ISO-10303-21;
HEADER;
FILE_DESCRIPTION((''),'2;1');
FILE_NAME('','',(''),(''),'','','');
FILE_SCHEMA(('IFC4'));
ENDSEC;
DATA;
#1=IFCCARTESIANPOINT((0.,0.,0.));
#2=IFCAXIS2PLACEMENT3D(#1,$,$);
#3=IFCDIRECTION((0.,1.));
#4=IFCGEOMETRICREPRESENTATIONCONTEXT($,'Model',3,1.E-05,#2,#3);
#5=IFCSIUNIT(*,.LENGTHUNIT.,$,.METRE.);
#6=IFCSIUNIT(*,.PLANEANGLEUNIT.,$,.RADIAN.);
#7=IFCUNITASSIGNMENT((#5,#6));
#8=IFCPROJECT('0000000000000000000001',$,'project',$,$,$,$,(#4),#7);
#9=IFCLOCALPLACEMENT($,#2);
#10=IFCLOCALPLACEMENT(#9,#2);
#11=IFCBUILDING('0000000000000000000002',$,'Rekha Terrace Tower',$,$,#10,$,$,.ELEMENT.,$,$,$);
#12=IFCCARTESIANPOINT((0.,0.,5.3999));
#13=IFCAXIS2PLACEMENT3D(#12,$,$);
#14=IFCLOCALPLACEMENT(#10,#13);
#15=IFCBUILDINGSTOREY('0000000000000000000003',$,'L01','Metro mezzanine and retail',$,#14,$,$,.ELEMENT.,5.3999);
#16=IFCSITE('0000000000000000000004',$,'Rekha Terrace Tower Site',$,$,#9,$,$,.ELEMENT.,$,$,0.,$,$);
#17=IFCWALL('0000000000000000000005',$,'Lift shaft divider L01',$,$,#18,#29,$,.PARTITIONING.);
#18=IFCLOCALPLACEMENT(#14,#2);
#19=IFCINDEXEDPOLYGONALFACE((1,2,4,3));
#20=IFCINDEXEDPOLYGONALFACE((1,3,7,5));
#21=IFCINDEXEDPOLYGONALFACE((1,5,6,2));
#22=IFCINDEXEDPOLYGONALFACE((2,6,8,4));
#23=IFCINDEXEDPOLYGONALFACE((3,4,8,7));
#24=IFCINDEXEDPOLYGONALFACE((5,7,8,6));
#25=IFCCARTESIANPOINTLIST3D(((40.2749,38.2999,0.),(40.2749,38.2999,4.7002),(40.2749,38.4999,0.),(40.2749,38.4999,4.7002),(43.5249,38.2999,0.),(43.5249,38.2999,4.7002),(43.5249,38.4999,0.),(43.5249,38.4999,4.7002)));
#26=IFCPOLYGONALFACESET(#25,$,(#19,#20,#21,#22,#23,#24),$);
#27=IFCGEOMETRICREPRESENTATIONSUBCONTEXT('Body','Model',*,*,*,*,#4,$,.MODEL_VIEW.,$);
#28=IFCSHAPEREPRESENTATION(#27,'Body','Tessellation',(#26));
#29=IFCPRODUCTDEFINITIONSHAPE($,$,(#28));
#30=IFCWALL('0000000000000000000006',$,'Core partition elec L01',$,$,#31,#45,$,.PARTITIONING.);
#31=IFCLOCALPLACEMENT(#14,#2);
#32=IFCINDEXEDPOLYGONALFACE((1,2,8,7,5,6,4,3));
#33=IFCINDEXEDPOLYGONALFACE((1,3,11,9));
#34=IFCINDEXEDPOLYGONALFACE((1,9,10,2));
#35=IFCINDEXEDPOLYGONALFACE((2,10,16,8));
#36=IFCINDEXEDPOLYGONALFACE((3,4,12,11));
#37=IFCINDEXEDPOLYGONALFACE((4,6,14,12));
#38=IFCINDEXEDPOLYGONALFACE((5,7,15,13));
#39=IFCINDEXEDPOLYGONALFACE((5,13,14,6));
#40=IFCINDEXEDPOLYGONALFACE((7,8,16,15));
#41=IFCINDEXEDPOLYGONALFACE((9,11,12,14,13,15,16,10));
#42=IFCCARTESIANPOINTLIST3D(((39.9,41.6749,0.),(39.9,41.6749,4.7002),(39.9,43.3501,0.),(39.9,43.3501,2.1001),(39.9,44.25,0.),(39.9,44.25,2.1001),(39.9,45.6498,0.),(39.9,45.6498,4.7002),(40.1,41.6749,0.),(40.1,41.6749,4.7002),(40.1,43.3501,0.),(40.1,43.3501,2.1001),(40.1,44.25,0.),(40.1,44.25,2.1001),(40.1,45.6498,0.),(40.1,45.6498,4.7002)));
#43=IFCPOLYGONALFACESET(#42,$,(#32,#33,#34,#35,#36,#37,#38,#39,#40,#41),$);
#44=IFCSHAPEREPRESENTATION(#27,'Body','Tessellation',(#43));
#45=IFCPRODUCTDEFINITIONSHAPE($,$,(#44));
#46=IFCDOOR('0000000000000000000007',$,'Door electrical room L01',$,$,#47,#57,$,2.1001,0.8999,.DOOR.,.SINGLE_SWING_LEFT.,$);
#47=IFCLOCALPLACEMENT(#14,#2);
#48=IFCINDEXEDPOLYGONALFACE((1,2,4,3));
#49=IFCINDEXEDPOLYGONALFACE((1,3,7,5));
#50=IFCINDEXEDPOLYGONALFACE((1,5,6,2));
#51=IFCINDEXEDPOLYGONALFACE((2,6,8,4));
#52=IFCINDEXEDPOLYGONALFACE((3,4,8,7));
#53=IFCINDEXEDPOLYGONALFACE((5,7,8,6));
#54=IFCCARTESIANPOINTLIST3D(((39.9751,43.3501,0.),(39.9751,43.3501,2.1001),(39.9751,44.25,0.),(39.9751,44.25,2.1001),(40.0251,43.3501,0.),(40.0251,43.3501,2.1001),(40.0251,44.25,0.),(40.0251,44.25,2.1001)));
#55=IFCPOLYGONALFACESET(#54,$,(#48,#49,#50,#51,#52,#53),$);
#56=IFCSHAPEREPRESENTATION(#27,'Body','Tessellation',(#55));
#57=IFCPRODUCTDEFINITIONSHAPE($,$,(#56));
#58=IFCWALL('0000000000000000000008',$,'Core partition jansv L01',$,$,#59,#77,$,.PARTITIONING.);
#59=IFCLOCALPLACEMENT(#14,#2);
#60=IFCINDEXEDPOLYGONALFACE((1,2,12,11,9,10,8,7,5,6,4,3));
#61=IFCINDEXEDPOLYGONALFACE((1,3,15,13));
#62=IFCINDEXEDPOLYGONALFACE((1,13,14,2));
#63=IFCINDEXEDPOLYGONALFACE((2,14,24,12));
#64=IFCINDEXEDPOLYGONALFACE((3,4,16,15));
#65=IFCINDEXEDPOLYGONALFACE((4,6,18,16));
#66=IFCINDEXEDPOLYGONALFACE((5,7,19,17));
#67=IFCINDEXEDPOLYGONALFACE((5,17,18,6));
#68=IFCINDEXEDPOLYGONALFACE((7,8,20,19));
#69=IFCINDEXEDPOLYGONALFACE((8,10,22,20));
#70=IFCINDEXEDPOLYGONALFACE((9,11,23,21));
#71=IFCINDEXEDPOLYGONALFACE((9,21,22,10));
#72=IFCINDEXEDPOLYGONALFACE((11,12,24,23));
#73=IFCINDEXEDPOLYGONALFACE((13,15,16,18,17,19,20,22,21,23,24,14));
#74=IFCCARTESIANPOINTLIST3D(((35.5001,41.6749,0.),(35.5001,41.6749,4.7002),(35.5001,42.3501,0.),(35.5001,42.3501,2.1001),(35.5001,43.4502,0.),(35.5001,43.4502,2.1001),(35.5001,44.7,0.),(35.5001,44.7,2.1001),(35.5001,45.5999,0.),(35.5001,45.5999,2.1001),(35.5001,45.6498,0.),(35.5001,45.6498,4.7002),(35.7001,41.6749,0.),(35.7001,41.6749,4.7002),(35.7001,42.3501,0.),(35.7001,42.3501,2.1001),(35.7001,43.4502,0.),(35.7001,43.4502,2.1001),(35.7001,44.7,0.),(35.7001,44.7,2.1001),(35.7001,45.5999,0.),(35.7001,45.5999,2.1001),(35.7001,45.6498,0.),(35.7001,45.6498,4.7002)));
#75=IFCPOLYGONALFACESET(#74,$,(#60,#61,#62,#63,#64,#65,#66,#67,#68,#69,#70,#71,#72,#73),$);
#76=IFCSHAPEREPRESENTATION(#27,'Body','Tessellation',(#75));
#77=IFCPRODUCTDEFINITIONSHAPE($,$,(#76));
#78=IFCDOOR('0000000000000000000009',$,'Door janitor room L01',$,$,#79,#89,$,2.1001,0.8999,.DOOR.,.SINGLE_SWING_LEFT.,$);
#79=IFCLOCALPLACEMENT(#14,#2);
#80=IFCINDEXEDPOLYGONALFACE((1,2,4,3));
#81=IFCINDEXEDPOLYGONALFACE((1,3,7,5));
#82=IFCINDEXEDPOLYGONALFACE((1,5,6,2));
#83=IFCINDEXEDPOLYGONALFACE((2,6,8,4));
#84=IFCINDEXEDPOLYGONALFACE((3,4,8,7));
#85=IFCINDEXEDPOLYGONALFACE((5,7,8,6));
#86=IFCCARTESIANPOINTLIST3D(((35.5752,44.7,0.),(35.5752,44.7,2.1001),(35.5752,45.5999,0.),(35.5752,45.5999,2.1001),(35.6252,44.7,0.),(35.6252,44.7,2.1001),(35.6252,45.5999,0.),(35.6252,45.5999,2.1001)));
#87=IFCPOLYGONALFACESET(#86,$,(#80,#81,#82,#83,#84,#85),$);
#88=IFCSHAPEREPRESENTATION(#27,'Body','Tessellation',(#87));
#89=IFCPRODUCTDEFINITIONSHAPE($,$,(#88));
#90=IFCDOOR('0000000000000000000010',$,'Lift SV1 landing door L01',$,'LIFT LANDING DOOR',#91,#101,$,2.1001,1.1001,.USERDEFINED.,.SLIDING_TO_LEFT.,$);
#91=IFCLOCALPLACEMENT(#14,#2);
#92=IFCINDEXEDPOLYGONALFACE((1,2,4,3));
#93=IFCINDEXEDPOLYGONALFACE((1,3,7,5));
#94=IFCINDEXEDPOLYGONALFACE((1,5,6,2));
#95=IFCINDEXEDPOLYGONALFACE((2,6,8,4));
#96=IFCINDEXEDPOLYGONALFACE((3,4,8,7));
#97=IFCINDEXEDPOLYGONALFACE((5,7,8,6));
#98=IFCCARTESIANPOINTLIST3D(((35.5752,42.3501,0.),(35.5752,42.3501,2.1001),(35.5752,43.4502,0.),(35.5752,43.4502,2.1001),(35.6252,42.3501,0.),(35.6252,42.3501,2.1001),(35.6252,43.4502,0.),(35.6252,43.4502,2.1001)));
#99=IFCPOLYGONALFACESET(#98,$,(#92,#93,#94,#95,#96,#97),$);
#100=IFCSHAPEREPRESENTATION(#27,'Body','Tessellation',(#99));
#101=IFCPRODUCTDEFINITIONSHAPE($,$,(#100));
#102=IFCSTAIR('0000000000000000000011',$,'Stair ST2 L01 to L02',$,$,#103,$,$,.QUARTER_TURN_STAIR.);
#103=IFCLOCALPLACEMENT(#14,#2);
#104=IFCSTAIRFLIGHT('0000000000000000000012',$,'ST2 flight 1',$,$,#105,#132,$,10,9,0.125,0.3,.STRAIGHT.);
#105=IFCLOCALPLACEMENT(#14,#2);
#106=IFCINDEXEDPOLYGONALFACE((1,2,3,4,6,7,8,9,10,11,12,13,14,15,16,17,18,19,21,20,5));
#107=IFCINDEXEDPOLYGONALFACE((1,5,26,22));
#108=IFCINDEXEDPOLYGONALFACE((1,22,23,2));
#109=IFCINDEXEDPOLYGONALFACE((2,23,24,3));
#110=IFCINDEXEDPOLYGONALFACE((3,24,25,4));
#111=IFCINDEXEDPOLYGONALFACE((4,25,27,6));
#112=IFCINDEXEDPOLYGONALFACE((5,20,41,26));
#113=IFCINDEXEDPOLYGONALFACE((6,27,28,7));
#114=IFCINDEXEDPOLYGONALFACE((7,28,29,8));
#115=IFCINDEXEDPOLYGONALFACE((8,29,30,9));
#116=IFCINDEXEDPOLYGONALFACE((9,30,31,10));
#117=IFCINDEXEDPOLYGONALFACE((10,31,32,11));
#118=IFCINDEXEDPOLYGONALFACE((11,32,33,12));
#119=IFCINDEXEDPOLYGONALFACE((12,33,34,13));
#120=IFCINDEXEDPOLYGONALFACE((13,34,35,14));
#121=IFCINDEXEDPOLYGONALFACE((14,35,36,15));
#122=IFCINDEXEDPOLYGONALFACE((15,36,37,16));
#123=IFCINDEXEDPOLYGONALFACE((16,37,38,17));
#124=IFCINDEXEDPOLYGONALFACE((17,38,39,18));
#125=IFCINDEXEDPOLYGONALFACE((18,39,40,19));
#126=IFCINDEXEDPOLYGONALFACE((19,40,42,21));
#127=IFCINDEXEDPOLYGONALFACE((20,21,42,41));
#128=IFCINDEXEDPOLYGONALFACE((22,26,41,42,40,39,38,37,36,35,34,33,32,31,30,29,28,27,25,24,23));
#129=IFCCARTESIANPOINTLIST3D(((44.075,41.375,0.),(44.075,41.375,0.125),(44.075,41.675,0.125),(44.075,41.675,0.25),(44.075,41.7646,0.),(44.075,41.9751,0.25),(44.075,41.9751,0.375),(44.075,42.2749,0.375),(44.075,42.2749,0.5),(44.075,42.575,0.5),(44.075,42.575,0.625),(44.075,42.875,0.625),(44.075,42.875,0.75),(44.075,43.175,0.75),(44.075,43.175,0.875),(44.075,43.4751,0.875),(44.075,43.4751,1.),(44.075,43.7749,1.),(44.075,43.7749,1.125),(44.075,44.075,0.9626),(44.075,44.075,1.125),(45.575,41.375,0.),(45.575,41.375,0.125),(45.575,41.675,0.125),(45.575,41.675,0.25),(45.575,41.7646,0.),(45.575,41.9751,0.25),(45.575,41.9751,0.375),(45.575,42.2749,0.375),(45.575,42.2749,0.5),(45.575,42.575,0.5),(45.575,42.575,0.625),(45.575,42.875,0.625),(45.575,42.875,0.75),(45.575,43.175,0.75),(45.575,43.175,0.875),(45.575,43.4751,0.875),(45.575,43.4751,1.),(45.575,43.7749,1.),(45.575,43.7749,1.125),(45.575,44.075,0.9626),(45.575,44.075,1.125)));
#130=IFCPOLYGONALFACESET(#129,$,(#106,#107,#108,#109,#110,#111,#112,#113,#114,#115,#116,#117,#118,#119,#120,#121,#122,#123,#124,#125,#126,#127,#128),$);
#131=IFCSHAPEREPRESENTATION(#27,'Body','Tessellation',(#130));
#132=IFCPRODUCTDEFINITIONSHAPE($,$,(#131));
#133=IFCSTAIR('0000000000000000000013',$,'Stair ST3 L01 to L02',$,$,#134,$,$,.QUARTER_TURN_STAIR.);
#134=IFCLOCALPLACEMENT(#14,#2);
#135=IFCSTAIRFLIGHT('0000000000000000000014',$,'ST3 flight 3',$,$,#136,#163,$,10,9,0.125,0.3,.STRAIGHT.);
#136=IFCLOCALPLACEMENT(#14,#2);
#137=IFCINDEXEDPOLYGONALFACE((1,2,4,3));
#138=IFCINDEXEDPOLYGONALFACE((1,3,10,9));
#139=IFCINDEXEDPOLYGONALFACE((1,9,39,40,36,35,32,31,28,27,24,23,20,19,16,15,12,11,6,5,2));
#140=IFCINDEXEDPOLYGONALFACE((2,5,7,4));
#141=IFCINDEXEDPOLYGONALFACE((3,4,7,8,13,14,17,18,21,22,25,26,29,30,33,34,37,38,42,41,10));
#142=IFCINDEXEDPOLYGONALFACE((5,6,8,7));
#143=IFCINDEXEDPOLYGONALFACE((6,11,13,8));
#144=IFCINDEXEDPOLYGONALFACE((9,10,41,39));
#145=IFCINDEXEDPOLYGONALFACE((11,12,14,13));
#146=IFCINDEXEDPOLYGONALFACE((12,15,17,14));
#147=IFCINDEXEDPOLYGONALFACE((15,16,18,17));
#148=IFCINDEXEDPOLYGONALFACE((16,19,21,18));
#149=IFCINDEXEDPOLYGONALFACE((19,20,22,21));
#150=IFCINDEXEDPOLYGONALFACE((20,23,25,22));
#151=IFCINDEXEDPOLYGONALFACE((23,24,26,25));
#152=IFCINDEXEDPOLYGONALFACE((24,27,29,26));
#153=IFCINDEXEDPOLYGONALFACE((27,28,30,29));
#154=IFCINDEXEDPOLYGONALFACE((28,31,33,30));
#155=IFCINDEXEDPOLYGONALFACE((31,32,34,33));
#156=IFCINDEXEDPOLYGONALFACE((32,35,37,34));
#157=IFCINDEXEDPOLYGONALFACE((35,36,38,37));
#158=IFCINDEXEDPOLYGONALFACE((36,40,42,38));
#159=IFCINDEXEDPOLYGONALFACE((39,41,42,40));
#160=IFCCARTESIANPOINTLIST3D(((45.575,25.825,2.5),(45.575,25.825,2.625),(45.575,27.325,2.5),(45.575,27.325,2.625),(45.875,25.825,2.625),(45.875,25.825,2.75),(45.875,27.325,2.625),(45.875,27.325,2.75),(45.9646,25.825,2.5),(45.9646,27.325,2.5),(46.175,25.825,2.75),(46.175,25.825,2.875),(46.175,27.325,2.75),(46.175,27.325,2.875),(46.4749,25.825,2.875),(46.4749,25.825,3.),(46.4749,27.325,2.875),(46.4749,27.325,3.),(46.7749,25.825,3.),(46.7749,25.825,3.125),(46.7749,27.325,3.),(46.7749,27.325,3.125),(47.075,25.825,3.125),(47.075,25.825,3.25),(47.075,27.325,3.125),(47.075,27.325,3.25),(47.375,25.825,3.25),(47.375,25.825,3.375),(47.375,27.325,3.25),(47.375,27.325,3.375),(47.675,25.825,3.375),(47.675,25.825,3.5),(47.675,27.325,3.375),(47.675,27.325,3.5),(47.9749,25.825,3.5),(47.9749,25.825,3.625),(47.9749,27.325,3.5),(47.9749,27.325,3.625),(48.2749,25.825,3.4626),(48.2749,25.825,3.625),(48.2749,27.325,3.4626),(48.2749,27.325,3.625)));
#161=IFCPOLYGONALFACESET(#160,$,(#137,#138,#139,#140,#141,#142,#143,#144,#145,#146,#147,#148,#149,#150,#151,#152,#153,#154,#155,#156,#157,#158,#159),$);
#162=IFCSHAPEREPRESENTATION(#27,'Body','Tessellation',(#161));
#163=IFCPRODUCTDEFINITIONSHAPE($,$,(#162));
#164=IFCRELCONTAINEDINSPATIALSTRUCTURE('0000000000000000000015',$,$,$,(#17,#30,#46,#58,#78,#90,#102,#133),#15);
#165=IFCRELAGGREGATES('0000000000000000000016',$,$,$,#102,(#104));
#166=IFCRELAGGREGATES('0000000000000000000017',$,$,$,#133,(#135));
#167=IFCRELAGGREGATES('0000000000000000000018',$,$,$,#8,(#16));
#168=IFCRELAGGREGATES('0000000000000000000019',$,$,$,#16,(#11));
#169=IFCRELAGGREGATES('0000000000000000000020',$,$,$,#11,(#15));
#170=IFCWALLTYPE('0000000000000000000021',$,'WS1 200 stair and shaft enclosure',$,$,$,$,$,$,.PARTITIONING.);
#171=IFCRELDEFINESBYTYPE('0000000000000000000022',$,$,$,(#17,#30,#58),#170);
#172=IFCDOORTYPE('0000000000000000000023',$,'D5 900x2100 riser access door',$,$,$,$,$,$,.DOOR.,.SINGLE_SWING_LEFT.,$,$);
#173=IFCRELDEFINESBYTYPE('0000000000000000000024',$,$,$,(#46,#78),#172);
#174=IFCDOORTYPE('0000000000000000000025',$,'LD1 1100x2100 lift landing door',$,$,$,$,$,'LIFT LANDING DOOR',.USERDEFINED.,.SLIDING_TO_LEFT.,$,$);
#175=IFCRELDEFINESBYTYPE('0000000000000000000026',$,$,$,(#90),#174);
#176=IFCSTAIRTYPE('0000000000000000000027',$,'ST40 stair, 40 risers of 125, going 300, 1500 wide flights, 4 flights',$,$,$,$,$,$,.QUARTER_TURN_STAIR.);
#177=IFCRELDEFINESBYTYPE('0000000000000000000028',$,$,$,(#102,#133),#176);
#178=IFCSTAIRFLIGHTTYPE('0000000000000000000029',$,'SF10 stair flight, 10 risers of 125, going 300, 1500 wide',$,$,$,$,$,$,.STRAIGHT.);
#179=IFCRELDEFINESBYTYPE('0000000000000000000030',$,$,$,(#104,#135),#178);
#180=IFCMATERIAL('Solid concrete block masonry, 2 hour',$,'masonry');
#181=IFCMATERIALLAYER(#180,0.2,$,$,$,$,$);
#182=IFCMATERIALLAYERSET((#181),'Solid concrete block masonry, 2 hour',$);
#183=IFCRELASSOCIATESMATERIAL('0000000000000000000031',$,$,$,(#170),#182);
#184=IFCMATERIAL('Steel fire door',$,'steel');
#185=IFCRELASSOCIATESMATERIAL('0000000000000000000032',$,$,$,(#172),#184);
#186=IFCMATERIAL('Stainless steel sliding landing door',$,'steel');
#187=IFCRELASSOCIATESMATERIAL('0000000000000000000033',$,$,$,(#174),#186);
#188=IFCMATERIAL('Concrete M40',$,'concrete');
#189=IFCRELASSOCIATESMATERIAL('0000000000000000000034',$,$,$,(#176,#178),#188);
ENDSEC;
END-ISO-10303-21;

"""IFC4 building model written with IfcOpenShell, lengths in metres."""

from ifc_helpers import new_model, si_unit, direction, frame, frame_2d, origin, place, context, subcontext, project, spatial, polyline, rectangle, outline, extrude, material, layer, layer_set, type_object, element, fill, aggregate, save


model = new_model("IFC4")

# Units and contexts
model_context = context("Model", 3, precision=1e-05, world=origin(), true_north=direction((0.0, 1.0)))
body_context = subcontext(model_context, "Body", "Model", "MODEL_VIEW")
ifc_project = project(units=[si_unit("LENGTHUNIT", "METRE"), si_unit("PLANEANGLEUNIT", "RADIAN")], contexts=[model_context])

# Site, building, storey
site_placement = place(None, origin())
site = spatial("IfcSite", under=ifc_project, at=site_placement, Name="Rekha Terrace Tower Site", CompositionType="ELEMENT", RefElevation=0.0)
building_placement = place(site_placement, origin())
building = spatial("IfcBuilding", under=site, at=building_placement, Name="Rekha Terrace Tower", CompositionType="ELEMENT")
storey_placement = place(building_placement, frame((0.0, 0.0, 5.3999)))
storey = spatial("IfcBuildingStorey", under=building, at=storey_placement, Name="L01", Description="Metro mezzanine and retail", CompositionType="ELEMENT", Elevation=5.3999)

# Shared definitions
ifc_material_1 = material(Name="Stainless steel sliding landing door", Category="steel")
ifc_material_2 = material(Name="Steel fire door", Category="steel")

# Wall
ifc_material_3 = material(Name="Solid concrete block masonry, 2 hour", Category="masonry")
ifc_layer_1 = layer(ifc_material_3, 0.2)
ifc_layer_set_1 = layer_set([ifc_layer_1], Name="Solid concrete block masonry, 2 hour")
wall_type_1 = type_object("IfcWallType", Name="WS1 200 stair and shaft enclosure", PredefinedType="PARTITIONING", material=ifc_layer_set_1)
for number, where, z_axis, x_axis, name in (
    (1, (40.2749, 38.3999, 0.0), (0.0, 0.0, 1.0), (1.0, 0.0, 0.0), "Lift shaft divider L01"),
):
    element("IfcWall", number, at=place(storey_placement, frame(where, z_axis=z_axis, x_axis=x_axis)), inside=storey, type_object=wall_type_1, Name=name, PredefinedType="PARTITIONING", context=body_context, shape_type="SweptSolid", body=[
        extrude(rectangle(XDim=3.25, YDim=0.2, at=frame_2d((1.625, 0.0))), origin(), (0.0, 0.0, 1.0), 4.7002),
    ])

# Wall, opening, door
wall_1_placement = place(storey_placement, frame((40.0, 41.675, 0.0), z_axis=(0.0, 0.0, 1.0), x_axis=(0.0, 1.0, 0.0)))
wall_1 = element("IfcWall", 2, at=wall_1_placement, inside=storey, type_object=wall_type_1, Name="Core partition elec L01", PredefinedType="PARTITIONING", context=body_context, shape_type="SweptSolid", body=[
    extrude(rectangle(XDim=3.9749, YDim=0.2, at=frame_2d((1.9873, 0.0))), origin(), (0.0, 0.0, 1.0), 4.7002),
])
opening_1_placement = place(wall_1_placement, frame((1.675, 0.0, 0.0)))
opening_1 = element("IfcOpeningElement", 3, at=opening_1_placement, cuts=wall_1, PredefinedType="OPENING", context=body_context, shape_type="SweptSolid", body=[
    extrude(rectangle(XDim=0.8999, YDim=2.1001, at=frame_2d((0.45, 1.05))), frame((0.0, 0.1099, 0.0), z_axis=(0.0, -1.0, 0.0), x_axis=(1.0, 0.0, 0.0)), (0.0, 0.0, 1.0), 0.22),
])
door_type_1 = type_object("IfcDoorType", Name="D5 900x2100 riser access door", OperationType="SINGLE_SWING_LEFT", PredefinedType="DOOR", material=ifc_material_2)
door_1_placement = place(opening_1_placement, origin())
door_1 = element("IfcDoor", 4, at=door_1_placement, inside=storey, type_object=door_type_1, Name="Door electrical room L01", OperationType="SINGLE_SWING_LEFT", OverallHeight=2.1001, OverallWidth=0.8999, PredefinedType="DOOR", context=body_context, shape_type="SweptSolid", body=[
    extrude(rectangle(XDim=0.8999, YDim=2.1001, at=frame_2d((0.45, 1.05))), frame((0.0, 0.0249, 0.0), z_axis=(0.0, -1.0, 0.0), x_axis=(1.0, 0.0, 0.0)), (0.0, 0.0, 1.0), 0.05),
])
fill(opening_1, door_1)

# Wall, openings, doors
wall_2_placement = place(storey_placement, frame((35.6001, 41.675, 0.0), z_axis=(0.0, 0.0, 1.0), x_axis=(0.0, 1.0, 0.0)))
wall_2 = element("IfcWall", 5, at=wall_2_placement, inside=storey, type_object=wall_type_1, Name="Core partition jansv L01", PredefinedType="PARTITIONING", context=body_context, shape_type="SweptSolid", body=[
    extrude(rectangle(XDim=3.9749, YDim=0.2, at=frame_2d((1.9873, 0.0))), origin(), (0.0, 0.0, 1.0), 4.7002),
])
opening_2_placement = place(wall_2_placement, frame((3.0249, 0.0, 0.0)))
opening_2 = element("IfcOpeningElement", 6, at=opening_2_placement, cuts=wall_2, PredefinedType="OPENING", context=body_context, shape_type="SweptSolid", body=[
    extrude(rectangle(XDim=0.8999, YDim=2.1001, at=frame_2d((0.45, 1.05))), frame((0.0, 0.1099, 0.0), z_axis=(0.0, -1.0, 0.0), x_axis=(1.0, 0.0, 0.0)), (0.0, 0.0, 1.0), 0.22),
])
opening_3_placement = place(wall_2_placement, frame((0.675, 0.0, 0.0)))
opening_3 = element("IfcOpeningElement", 7, at=opening_3_placement, cuts=wall_2, PredefinedType="OPENING", context=body_context, shape_type="SweptSolid", body=[
    extrude(rectangle(XDim=1.1001, YDim=2.1001, at=frame_2d((0.55, 1.05))), frame((0.0, 0.1099, 0.0), z_axis=(0.0, -1.0, 0.0), x_axis=(1.0, 0.0, 0.0)), (0.0, 0.0, 1.0), 0.22),
])
door_2_placement = place(opening_2_placement, origin())
door_2 = element("IfcDoor", 8, at=door_2_placement, inside=storey, type_object=door_type_1, Name="Door janitor room L01", OperationType="SINGLE_SWING_LEFT", OverallHeight=2.1001, OverallWidth=0.8999, PredefinedType="DOOR", context=body_context, shape_type="SweptSolid", body=[
    extrude(rectangle(XDim=0.8999, YDim=2.1001, at=frame_2d((0.45, 1.05))), frame((0.0, 0.0249, 0.0), z_axis=(0.0, -1.0, 0.0), x_axis=(1.0, 0.0, 0.0)), (0.0, 0.0, 1.0), 0.05),
])
fill(opening_2, door_2)
door_type_2 = type_object("IfcDoorType", Name="LD1 1100x2100 lift landing door", ElementType="LIFT LANDING DOOR", OperationType="SLIDING_TO_LEFT", PredefinedType="USERDEFINED", material=ifc_material_1)
door_3_placement = place(opening_3_placement, origin())
door_3 = element("IfcDoor", 9, at=door_3_placement, inside=storey, type_object=door_type_2, Name="Lift SV1 landing door L01", ObjectType="LIFT LANDING DOOR", OperationType="SLIDING_TO_LEFT", OverallHeight=2.1001, OverallWidth=1.1001, PredefinedType="USERDEFINED", context=body_context, shape_type="SweptSolid", body=[
    extrude(rectangle(XDim=1.1001, YDim=2.1001, at=frame_2d((0.55, 1.05))), frame((0.0, 0.0249, 0.0), z_axis=(0.0, -1.0, 0.0), x_axis=(1.0, 0.0, 0.0)), (0.0, 0.0, 1.0), 0.05),
])
fill(opening_3, door_3)

# Stairs, stair flights
ifc_material_4 = material(Name="Concrete M40", Category="concrete")
stair_type = type_object("IfcStairType", Name="ST40 stair, 40 risers of 125, going 300, 1500 wide flights, 4 flights", PredefinedType="QUARTER_TURN_STAIR", material=ifc_material_4)
stair_1_placement = place(storey_placement, origin())
stair_1 = element("IfcStair", 10, at=stair_1_placement, inside=storey, type_object=stair_type, Name="Stair ST2 L01 to L02", PredefinedType="QUARTER_TURN_STAIR")
stair_flight_type = type_object("IfcStairFlightType", Name="SF10 stair flight, 10 risers of 125, going 300, 1500 wide", PredefinedType="STRAIGHT", material=ifc_material_4)
stair_flight_1_placement = place(storey_placement, frame((44.825, 41.375, 0.0), z_axis=(0.0, 0.0, 1.0), x_axis=(0.0, 1.0, 0.0)))
stair_flight_1 = element("IfcStairFlight", 11, at=stair_flight_1_placement, type_object=stair_flight_type, Name="ST2 flight 1", NumberOfRisers=10, NumberOfTreads=9, PredefinedType="STRAIGHT", RiserHeight=0.125, TreadLength=0.3, context=body_context, shape_type="SweptSolid", body=[
    extrude(outline(polyline([(0.0, 0.0), (0.0, 0.125), (0.3, 0.125), (0.3, 0.25), (0.6001, 0.25), (0.6001, 0.375), (0.8999, 0.375), (0.8999, 0.5), (1.2, 0.5), (1.2, 0.625), (1.5, 0.625), (1.5, 0.75), (1.8, 0.75), (1.8, 0.875), (2.1001, 0.875), (2.1001, 1.0), (2.3999, 1.0), (2.3999, 1.125), (2.7, 1.125), (2.7, 1.25), (2.7, 0.9626), (0.3896, 0.0), (0.0, 0.0)])), frame((0.0, 0.75, 0.0), z_axis=(0.0, -1.0, 0.0), x_axis=(1.0, 0.0, 0.0)), (0.0, 0.0, 1.0), 1.5),
])
aggregate(stair_1, [stair_flight_1])
stair_2_placement = place(storey_placement, origin())
stair_2 = element("IfcStair", 12, at=stair_2_placement, inside=storey, type_object=stair_type, Name="Stair ST3 L01 to L02", PredefinedType="QUARTER_TURN_STAIR")
stair_flight_2_placement = place(storey_placement, frame((45.575, 26.575, 2.5), z_axis=(0.0, 0.0, 1.0), x_axis=(1.0, 0.0, 0.0)))
stair_flight_2 = element("IfcStairFlight", 13, at=stair_flight_2_placement, type_object=stair_flight_type, Name="ST3 flight 3", NumberOfRisers=10, NumberOfTreads=9, PredefinedType="STRAIGHT", RiserHeight=0.125, TreadLength=0.3, context=body_context, shape_type="SweptSolid", body=[
    extrude(outline(polyline([(0.0, 0.0), (0.0, 0.125), (0.3, 0.125), (0.3, 0.25), (0.6001, 0.25), (0.6001, 0.375), (0.8999, 0.375), (0.8999, 0.5), (1.2, 0.5), (1.2, 0.625), (1.5, 0.625), (1.5, 0.75), (1.8, 0.75), (1.8, 0.875), (2.1001, 0.875), (2.1001, 1.0), (2.3999, 1.0), (2.3999, 1.125), (2.7, 1.125), (2.7, 1.25), (2.7, 0.9626), (0.3896, 0.0), (0.0, 0.0)])), frame((0.0, 0.75, 0.0), z_axis=(0.0, -1.0, 0.0), x_axis=(1.0, 0.0, 0.0)), (0.0, 0.0, 1.0), 1.5),
])
aggregate(stair_2, [stair_flight_2])

save(model, "model.ifc")
